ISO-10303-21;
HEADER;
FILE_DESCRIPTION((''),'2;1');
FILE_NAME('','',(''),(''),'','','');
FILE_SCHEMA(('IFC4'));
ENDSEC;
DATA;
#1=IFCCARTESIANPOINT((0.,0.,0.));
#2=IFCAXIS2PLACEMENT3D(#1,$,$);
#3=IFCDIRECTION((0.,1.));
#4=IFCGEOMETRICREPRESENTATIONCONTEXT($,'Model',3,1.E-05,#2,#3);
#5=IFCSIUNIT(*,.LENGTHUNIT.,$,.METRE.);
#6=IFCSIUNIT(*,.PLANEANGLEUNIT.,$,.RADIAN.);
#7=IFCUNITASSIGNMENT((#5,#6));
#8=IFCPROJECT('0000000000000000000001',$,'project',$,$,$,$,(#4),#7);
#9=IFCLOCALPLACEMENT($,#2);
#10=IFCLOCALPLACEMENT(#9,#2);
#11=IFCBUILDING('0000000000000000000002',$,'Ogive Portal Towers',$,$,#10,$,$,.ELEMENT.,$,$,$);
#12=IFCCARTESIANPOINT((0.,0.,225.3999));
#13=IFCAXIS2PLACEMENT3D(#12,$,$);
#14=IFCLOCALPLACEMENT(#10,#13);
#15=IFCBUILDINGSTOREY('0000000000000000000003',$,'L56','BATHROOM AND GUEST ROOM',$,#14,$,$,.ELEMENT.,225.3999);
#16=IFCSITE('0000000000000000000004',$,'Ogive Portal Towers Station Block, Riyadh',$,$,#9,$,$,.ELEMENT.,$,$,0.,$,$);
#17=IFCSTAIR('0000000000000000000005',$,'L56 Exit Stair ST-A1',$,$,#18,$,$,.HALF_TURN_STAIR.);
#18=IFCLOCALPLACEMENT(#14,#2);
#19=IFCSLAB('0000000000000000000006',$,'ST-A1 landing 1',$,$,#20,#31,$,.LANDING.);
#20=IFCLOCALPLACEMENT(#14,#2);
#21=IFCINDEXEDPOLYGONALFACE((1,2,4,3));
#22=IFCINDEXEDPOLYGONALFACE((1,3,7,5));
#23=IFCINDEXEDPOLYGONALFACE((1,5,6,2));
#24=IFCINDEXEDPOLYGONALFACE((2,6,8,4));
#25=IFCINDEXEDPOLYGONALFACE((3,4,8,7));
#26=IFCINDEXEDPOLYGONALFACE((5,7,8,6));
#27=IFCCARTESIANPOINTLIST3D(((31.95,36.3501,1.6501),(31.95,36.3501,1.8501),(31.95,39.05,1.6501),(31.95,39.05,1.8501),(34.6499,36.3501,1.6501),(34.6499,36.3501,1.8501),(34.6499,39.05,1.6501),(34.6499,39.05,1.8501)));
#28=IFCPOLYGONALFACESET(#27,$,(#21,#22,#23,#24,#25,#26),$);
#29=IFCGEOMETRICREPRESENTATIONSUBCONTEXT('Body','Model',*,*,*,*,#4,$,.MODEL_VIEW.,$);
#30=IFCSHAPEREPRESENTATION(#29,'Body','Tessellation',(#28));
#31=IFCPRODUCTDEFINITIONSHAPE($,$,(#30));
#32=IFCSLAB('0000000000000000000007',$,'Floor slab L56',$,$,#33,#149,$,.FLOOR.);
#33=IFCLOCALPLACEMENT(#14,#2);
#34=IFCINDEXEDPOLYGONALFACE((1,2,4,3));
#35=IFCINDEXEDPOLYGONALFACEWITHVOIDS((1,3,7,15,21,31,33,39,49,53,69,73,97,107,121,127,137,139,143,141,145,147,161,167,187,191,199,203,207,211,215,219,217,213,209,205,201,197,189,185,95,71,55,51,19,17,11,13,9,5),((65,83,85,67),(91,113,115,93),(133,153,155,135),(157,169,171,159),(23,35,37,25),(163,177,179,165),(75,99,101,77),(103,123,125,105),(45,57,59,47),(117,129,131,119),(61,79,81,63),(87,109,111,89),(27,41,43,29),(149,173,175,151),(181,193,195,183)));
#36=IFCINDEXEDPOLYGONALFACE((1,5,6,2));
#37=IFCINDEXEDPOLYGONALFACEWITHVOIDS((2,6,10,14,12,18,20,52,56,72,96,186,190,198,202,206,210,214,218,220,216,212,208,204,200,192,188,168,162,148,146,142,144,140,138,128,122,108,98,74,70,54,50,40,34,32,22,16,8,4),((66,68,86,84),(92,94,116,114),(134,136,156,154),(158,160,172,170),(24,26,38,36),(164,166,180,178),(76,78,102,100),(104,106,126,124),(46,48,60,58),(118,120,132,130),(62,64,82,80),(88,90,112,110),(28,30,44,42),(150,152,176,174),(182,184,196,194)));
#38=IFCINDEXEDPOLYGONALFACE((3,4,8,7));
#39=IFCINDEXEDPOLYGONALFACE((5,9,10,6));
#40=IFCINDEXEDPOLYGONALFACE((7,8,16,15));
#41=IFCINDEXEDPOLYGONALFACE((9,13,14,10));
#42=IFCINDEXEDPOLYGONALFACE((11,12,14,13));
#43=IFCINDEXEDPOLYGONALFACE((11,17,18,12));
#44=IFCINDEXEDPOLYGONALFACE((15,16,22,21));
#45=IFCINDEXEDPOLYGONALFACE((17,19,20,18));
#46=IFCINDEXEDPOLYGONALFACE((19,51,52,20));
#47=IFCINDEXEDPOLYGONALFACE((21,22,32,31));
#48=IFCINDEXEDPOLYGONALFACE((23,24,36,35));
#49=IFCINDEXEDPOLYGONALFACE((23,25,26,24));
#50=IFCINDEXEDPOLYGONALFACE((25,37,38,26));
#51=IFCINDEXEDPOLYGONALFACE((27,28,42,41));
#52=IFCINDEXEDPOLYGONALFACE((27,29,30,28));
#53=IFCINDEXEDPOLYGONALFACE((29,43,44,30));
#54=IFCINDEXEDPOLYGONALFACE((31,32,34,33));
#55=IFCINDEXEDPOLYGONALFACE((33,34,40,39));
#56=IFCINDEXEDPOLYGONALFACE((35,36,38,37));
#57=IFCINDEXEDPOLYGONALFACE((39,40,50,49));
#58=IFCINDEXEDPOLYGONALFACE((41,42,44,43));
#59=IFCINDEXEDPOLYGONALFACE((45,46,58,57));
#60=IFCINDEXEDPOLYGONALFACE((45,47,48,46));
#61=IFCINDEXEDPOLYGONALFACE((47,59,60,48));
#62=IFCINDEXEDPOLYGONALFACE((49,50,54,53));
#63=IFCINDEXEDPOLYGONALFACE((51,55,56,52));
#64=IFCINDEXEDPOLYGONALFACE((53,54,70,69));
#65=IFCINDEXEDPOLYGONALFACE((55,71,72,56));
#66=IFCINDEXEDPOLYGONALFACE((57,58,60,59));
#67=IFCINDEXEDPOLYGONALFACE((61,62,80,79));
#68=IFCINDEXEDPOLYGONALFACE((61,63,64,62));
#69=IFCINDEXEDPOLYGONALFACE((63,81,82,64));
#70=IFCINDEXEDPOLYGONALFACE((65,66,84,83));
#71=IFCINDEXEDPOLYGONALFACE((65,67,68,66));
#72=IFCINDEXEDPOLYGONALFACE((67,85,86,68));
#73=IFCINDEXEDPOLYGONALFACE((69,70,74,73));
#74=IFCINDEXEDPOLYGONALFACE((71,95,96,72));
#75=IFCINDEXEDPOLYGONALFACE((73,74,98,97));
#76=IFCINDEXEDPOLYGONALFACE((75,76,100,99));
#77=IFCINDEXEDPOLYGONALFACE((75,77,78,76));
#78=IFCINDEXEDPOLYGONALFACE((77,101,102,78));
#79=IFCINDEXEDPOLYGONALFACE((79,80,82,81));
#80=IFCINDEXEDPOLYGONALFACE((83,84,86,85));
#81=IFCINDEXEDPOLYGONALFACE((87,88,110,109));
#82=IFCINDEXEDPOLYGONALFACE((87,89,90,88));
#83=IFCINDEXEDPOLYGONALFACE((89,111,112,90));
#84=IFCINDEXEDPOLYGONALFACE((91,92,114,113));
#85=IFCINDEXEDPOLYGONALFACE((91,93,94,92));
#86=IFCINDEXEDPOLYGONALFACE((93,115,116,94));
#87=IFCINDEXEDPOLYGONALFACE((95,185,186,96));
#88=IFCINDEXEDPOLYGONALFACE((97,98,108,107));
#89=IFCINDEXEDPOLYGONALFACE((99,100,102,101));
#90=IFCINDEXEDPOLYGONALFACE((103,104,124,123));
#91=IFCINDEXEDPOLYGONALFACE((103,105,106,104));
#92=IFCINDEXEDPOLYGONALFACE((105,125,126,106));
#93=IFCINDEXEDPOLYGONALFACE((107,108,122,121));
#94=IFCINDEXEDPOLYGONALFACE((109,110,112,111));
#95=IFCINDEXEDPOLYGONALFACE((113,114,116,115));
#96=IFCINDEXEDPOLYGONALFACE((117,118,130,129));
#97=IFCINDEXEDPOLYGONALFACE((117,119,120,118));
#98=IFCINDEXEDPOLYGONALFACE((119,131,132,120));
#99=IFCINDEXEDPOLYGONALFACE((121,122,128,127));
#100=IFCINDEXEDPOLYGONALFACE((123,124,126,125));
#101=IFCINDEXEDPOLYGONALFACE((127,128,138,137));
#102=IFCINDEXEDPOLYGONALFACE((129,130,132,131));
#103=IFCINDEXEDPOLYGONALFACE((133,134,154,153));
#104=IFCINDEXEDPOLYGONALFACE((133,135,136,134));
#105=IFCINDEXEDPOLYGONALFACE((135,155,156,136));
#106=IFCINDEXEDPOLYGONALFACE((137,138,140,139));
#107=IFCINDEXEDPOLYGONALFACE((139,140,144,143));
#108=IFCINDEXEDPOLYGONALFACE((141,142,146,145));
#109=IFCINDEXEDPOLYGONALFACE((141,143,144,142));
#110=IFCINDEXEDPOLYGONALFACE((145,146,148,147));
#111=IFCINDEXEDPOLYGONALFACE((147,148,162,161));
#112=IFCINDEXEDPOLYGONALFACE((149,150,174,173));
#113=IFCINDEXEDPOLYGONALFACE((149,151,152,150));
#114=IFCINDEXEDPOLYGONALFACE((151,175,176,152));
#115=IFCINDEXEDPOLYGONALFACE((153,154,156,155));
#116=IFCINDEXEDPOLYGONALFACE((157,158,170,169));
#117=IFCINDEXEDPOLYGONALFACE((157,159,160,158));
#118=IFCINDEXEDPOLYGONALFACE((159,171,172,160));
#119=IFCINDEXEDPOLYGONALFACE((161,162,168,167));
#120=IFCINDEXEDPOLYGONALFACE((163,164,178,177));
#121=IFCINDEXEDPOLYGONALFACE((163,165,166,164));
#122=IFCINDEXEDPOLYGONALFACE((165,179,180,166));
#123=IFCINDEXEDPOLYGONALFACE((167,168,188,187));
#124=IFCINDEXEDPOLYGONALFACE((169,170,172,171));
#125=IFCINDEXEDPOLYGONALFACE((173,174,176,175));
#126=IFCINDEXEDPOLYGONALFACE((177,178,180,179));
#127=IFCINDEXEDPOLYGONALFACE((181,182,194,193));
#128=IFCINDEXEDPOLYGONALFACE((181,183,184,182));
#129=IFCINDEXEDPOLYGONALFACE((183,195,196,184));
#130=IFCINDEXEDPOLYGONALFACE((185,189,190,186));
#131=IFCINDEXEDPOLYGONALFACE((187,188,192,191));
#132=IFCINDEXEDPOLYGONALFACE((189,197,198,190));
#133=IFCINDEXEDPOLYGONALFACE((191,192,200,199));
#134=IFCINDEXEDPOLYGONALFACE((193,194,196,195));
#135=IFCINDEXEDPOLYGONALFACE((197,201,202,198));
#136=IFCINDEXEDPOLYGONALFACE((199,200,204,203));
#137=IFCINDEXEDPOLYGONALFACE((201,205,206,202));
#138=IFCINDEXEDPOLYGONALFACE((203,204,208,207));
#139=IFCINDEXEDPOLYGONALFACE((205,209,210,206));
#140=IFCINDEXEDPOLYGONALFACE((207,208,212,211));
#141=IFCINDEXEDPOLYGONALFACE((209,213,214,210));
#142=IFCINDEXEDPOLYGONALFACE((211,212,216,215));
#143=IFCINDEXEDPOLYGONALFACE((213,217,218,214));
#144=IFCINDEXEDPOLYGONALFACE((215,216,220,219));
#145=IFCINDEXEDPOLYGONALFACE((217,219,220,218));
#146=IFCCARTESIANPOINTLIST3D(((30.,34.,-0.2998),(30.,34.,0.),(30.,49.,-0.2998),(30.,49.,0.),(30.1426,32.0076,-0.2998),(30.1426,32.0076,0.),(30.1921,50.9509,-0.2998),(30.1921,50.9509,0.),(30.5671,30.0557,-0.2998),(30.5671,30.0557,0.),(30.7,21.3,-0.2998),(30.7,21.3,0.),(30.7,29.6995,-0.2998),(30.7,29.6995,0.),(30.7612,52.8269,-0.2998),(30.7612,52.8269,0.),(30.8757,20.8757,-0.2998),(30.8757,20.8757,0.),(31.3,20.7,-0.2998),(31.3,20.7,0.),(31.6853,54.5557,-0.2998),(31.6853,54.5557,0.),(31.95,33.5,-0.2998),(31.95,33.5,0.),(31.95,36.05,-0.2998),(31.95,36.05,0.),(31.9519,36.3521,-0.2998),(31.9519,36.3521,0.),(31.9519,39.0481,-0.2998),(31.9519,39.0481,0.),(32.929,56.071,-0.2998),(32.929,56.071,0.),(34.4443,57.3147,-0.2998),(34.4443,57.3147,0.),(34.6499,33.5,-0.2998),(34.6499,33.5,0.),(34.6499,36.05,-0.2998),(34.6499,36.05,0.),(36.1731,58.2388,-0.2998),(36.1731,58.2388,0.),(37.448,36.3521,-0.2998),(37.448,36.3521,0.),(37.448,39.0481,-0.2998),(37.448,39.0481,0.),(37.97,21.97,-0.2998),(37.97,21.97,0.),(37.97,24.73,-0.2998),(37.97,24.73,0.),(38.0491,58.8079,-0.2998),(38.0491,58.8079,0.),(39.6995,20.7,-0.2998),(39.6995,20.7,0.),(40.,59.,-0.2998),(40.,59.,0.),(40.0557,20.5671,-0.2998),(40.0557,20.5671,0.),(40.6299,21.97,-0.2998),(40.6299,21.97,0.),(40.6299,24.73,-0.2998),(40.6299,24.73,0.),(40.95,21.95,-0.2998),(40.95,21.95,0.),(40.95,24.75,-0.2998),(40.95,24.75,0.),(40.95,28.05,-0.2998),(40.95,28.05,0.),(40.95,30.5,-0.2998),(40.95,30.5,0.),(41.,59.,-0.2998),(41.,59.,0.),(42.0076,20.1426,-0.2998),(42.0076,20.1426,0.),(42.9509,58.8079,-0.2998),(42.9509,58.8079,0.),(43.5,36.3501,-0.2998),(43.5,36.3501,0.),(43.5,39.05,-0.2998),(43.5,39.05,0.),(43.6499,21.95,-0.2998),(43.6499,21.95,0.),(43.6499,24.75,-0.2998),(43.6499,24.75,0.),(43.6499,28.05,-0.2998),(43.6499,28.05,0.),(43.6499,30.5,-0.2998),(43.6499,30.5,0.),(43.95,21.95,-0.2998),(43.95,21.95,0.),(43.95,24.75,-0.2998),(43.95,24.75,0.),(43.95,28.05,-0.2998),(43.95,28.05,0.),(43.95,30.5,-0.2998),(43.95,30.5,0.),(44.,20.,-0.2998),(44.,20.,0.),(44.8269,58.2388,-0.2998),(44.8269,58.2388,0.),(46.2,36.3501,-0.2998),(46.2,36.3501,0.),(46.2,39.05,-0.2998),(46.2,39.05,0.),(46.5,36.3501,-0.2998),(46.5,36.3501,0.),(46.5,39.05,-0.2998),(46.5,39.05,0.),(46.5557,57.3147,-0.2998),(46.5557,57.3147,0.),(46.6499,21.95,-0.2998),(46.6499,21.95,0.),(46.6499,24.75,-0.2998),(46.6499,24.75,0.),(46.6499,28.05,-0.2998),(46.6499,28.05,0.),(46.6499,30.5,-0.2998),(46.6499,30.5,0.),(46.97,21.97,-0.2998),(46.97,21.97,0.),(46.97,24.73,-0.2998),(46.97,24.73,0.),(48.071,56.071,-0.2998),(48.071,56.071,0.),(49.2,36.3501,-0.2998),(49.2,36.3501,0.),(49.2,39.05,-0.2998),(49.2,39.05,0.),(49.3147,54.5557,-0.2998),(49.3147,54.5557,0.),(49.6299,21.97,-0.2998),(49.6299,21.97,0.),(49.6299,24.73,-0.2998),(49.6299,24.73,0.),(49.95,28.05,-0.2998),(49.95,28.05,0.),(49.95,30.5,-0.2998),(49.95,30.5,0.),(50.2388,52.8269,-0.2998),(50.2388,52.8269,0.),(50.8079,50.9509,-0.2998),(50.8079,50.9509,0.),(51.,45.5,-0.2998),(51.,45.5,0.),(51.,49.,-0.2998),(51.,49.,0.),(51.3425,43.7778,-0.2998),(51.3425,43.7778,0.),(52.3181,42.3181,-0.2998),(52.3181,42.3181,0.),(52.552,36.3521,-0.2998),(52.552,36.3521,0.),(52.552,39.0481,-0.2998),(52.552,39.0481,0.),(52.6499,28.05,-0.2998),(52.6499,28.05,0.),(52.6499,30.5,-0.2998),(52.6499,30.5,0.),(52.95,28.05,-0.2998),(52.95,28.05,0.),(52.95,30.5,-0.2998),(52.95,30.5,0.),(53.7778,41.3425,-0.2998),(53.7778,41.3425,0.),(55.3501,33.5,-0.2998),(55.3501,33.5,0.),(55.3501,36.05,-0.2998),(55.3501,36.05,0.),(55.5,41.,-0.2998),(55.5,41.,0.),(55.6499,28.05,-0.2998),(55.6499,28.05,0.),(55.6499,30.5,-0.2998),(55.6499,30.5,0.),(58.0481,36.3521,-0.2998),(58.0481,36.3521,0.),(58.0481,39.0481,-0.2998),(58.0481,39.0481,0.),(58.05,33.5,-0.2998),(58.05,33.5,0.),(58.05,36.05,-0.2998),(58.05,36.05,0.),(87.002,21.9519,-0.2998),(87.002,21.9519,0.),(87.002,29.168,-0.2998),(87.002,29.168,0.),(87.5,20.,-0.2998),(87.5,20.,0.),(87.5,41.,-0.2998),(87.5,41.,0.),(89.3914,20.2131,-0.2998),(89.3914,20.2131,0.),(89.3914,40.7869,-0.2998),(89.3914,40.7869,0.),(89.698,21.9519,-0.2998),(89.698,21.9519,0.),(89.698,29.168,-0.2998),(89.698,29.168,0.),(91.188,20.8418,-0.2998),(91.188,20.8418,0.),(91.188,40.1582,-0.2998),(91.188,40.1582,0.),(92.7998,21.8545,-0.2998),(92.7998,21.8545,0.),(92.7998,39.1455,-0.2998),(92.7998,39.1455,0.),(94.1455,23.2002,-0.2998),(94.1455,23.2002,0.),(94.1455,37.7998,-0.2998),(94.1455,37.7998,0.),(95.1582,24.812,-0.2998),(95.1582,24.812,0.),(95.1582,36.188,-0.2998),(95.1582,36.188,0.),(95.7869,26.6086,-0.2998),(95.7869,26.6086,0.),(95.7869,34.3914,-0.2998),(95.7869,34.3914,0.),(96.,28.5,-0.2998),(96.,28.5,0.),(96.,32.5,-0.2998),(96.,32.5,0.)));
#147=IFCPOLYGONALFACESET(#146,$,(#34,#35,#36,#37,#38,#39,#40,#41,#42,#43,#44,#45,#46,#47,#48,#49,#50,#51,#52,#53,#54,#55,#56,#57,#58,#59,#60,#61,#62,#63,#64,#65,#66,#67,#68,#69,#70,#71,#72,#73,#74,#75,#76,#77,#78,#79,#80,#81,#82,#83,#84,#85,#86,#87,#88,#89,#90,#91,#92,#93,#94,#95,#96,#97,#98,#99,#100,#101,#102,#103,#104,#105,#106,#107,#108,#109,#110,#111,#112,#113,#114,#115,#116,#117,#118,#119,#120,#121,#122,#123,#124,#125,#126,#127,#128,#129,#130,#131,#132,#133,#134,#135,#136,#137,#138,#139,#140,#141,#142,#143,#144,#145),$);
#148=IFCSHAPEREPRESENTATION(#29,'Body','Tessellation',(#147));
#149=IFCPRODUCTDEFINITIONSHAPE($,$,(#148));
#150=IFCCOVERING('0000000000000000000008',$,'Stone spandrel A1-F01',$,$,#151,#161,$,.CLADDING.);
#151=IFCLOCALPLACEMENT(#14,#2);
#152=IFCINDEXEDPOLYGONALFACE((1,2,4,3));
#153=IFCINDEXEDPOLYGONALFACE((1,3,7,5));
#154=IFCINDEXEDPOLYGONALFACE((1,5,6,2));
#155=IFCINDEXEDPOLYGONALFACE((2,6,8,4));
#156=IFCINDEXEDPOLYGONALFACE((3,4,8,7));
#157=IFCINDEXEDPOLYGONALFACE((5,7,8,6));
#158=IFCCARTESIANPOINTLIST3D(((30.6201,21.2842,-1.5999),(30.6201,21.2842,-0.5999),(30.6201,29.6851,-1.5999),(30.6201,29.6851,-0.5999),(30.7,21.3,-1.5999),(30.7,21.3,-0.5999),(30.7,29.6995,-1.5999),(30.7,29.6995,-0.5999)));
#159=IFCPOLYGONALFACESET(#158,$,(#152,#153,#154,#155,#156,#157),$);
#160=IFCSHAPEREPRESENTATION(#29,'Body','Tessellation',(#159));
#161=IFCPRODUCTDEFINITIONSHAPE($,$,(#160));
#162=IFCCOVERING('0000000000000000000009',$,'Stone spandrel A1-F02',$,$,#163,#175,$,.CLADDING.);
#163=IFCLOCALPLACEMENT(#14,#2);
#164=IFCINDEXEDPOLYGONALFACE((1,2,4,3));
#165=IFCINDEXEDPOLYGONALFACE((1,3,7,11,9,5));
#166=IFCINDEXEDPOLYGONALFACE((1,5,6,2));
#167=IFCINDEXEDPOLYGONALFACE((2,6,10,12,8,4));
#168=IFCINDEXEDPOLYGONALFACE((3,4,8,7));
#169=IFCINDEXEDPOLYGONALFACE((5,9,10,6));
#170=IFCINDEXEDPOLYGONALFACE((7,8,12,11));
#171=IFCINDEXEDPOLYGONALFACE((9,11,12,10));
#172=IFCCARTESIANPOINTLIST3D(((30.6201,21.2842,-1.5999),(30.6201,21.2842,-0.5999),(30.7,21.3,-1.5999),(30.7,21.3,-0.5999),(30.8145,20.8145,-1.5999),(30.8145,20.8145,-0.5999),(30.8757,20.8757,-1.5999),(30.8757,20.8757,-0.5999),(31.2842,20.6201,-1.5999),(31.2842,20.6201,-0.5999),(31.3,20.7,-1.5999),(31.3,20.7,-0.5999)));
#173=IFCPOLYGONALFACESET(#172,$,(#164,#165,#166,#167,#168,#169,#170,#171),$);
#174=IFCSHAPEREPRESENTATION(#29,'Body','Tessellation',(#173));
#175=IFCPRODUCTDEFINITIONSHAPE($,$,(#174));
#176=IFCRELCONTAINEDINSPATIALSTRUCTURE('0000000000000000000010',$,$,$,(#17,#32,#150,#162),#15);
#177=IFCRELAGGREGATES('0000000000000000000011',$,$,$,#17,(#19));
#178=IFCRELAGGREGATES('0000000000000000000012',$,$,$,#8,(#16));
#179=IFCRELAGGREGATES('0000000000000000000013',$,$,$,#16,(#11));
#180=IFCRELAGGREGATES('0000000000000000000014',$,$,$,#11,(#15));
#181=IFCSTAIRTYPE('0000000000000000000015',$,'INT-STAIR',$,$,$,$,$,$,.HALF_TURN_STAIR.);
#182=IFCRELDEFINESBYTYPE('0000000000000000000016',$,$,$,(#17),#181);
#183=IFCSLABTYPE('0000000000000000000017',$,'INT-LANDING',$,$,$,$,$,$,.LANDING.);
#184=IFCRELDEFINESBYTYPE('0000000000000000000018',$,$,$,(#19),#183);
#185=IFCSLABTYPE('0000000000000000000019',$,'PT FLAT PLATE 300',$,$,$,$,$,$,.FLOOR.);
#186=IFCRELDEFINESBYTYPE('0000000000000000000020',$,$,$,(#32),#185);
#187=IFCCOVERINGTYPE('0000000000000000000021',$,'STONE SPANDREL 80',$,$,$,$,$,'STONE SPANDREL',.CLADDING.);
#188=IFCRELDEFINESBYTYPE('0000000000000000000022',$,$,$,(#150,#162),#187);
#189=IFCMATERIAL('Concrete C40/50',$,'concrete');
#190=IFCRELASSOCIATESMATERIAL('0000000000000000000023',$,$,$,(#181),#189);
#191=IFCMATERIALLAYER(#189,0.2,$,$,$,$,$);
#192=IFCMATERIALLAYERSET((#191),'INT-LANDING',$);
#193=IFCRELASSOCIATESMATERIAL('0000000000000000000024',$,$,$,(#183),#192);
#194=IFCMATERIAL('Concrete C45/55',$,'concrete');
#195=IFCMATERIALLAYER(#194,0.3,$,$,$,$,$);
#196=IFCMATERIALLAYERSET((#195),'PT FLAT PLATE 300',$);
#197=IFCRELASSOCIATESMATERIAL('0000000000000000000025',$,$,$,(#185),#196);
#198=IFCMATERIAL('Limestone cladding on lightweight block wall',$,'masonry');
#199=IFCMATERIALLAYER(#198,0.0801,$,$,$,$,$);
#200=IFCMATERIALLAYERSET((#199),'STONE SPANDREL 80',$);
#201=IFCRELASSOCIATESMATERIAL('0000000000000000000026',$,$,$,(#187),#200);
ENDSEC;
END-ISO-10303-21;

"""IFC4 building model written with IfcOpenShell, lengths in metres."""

from ifc_helpers import new_model, si_unit, direction, frame, origin, place, context, subcontext, project, spatial, polyline, outline, extrude, material, layer, layer_set, type_object, element, aggregate, save


model = new_model("IFC4")

# Units and contexts
model_context = context("Model", 3, precision=1e-05, world=origin(), true_north=direction((0.0, 1.0)))
body_context = subcontext(model_context, "Body", "Model", "MODEL_VIEW")
ifc_project = project(units=[si_unit("LENGTHUNIT", "METRE"), si_unit("PLANEANGLEUNIT", "RADIAN")], contexts=[model_context])

# Site, building, storey
site_placement = place(None, origin())
site = spatial("IfcSite", under=ifc_project, at=site_placement, Name="Ogive Portal Towers Station Block, Riyadh", CompositionType="ELEMENT", RefElevation=0.0)
building_placement = place(site_placement, origin())
building = spatial("IfcBuilding", under=site, at=building_placement, Name="Ogive Portal Towers", CompositionType="ELEMENT")
storey_placement = place(building_placement, frame((0.0, 0.0, 225.3999)))
storey = spatial("IfcBuildingStorey", under=building, at=storey_placement, Name="L56", Description="BATHROOM AND GUEST ROOM", CompositionType="ELEMENT", Elevation=225.3999)

# Stair, slab
ifc_material_1 = material(Name="Concrete C40/50", Category="concrete")
stair_type = type_object("IfcStairType", Name="INT-STAIR", PredefinedType="HALF_TURN_STAIR", material=ifc_material_1)
stair_placement = place(storey_placement, origin())
stair = element("IfcStair", 1, at=stair_placement, inside=storey, type_object=stair_type, Name="L56 Exit Stair ST-A1", PredefinedType="HALF_TURN_STAIR")
ifc_layer_1 = layer(ifc_material_1, 0.2)
ifc_layer_set_1 = layer_set([ifc_layer_1], Name="INT-LANDING")
slab_type_1 = type_object("IfcSlabType", Name="INT-LANDING", PredefinedType="LANDING", material=ifc_layer_set_1)
slab_1_placement = place(storey_placement, frame((0.0, 0.0, 1.6501)))
slab_1 = element("IfcSlab", 2, at=slab_1_placement, type_object=slab_type_1, Name="ST-A1 landing 1", PredefinedType="LANDING", context=body_context, shape_type="SweptSolid", body=[
    extrude(outline(polyline([(34.6499, 39.05), (31.95, 39.05), (31.95, 36.3501), (34.6499, 36.3501), (34.6499, 39.05)])), origin(), (0.0, 0.0, 1.0), 0.2),
])
aggregate(stair, [slab_1])

# Slab
ifc_material_2 = material(Name="Concrete C45/55", Category="concrete")
ifc_layer_2 = layer(ifc_material_2, 0.3)
ifc_layer_set_2 = layer_set([ifc_layer_2], Name="PT FLAT PLATE 300")
slab_type_2 = type_object("IfcSlabType", Name="PT FLAT PLATE 300", PredefinedType="FLOOR", material=ifc_layer_set_2)
slab_2_placement = place(storey_placement, frame((0.0, 0.0, -0.2998)))
element("IfcSlab", 3, at=slab_2_placement, inside=storey, type_object=slab_type_2, Name="Floor slab L56", PredefinedType="FLOOR", context=body_context, shape_type="SweptSolid", body=[
    extrude(outline(polyline([(30.1426, 32.0076), (30.5671, 30.0557), (30.7, 29.6995), (30.7, 21.3), (30.8757, 20.8757), (31.3, 20.7), (39.6995, 20.7), (40.0557, 20.5671), (42.0076, 20.1426), (44.0, 20.0), (87.5, 20.0), (89.3914, 20.2131), (91.188, 20.8418), (92.7998, 21.8545), (94.1455, 23.2002), (95.1582, 24.812), (95.7869, 26.6086), (96.0, 28.5), (96.0, 32.5), (95.7869, 34.3914), (95.1582, 36.188), (94.1455, 37.7998), (92.7998, 39.1455), (91.188, 40.1582), (89.3914, 40.7869), (87.5, 41.0), (55.5, 41.0), (53.7778, 41.3425), (52.3181, 42.3181), (51.3425, 43.7778), (51.0, 45.5), (51.0, 49.0), (50.8079, 50.9509), (50.2388, 52.8269), (49.3147, 54.5557), (48.071, 56.071), (46.5557, 57.3147), (44.8269, 58.2388), (42.9509, 58.8079), (41.0, 59.0), (40.0, 59.0), (38.0491, 58.8079), (36.1731, 58.2388), (34.4443, 57.3147), (32.929, 56.071), (31.6853, 54.5557), (30.7612, 52.8269), (30.1921, 50.9509), (30.0, 49.0), (30.0, 34.0), (30.1426, 32.0076)]), holes=[polyline([(40.6299, 24.73), (40.6299, 21.97), (37.97, 21.97), (37.97, 24.73), (40.6299, 24.73)]), polyline([(43.6499, 24.75), (43.6499, 21.95), (40.95, 21.95), (40.95, 24.75), (43.6499, 24.75)]), polyline([(46.6499, 24.75), (46.6499, 21.95), (43.95, 21.95), (43.95, 24.75), (46.6499, 24.75)]), polyline([(43.6499, 30.5), (43.6499, 28.05), (40.95, 28.05), (40.95, 30.5), (43.6499, 30.5)]), polyline([(46.6499, 30.5), (46.6499, 28.05), (43.95, 28.05), (43.95, 30.5), (46.6499, 30.5)]), polyline([(34.6499, 36.05), (34.6499, 33.5), (31.95, 33.5), (31.95, 36.05), (34.6499, 36.05)]), polyline([(31.9519, 39.0481), (37.448, 39.0481), (37.448, 36.3521), (31.9519, 36.3521), (31.9519, 39.0481)]), polyline([(46.2, 39.05), (46.2, 36.3501), (43.5, 36.3501), (43.5, 39.05), (46.2, 39.05)]), polyline([(49.6299, 21.97), (46.97, 21.97), (46.97, 24.73), (49.6299, 24.73), (49.6299, 21.97)]), polyline([(87.002, 21.9519), (87.002, 29.168), (89.698, 29.168), (89.698, 21.9519), (87.002, 21.9519)]), polyline([(52.6499, 30.5), (52.6499, 28.05), (49.95, 28.05), (49.95, 30.5), (52.6499, 30.5)]), polyline([(55.6499, 30.5), (55.6499, 28.05), (52.95, 28.05), (52.95, 30.5), (55.6499, 30.5)]), polyline([(58.05, 36.05), (58.05, 33.5), (55.3501, 33.5), (55.3501, 36.05), (58.05, 36.05)]), polyline([(49.2, 39.05), (49.2, 36.3501), (46.5, 36.3501), (46.5, 39.05), (49.2, 39.05)]), polyline([(58.0481, 36.3521), (52.552, 36.3521), (52.552, 39.0481), (58.0481, 39.0481), (58.0481, 36.3521)])]), origin(), (0.0, 0.0, 1.0), 0.2998),
])

# Coverings
ifc_material_3 = material(Name="Limestone cladding on lightweight block wall", Category="masonry")
ifc_layer_3 = layer(ifc_material_3, 0.0801)
ifc_layer_set_3 = layer_set([ifc_layer_3], Name="STONE SPANDREL 80")
covering_type_1 = type_object("IfcCoveringType", Name="STONE SPANDREL 80", ElementType="STONE SPANDREL", PredefinedType="CLADDING", material=ifc_layer_set_3)
covering_1_placement = place(storey_placement, frame((0.0, 0.0, -1.5999)))
element("IfcCovering", 4, at=covering_1_placement, inside=storey, type_object=covering_type_1, Name="Stone spandrel A1-F01", PredefinedType="CLADDING", context=body_context, shape_type="SweptSolid", body=[
    extrude(outline(polyline([(30.7, 29.6995), (30.7, 21.3), (30.6201, 21.2842), (30.6201, 29.6851), (30.7, 29.6995)])), origin(), (0.0, 0.0, 1.0), 1.0),
])
covering_2_placement = place(storey_placement, frame((0.0, 0.0, -1.5999)))
element("IfcCovering", 5, at=covering_2_placement, inside=storey, type_object=covering_type_1, Name="Stone spandrel A1-F02", PredefinedType="CLADDING", context=body_context, shape_type="SweptSolid", body=[
    extrude(outline(polyline([(30.7, 21.3), (30.8757, 20.8757), (31.3, 20.7), (31.2842, 20.6201), (30.8145, 20.8145), (30.6201, 21.2842), (30.7, 21.3)])), origin(), (0.0, 0.0, 1.0), 1.0),
])

save(model, "model.ifc")
